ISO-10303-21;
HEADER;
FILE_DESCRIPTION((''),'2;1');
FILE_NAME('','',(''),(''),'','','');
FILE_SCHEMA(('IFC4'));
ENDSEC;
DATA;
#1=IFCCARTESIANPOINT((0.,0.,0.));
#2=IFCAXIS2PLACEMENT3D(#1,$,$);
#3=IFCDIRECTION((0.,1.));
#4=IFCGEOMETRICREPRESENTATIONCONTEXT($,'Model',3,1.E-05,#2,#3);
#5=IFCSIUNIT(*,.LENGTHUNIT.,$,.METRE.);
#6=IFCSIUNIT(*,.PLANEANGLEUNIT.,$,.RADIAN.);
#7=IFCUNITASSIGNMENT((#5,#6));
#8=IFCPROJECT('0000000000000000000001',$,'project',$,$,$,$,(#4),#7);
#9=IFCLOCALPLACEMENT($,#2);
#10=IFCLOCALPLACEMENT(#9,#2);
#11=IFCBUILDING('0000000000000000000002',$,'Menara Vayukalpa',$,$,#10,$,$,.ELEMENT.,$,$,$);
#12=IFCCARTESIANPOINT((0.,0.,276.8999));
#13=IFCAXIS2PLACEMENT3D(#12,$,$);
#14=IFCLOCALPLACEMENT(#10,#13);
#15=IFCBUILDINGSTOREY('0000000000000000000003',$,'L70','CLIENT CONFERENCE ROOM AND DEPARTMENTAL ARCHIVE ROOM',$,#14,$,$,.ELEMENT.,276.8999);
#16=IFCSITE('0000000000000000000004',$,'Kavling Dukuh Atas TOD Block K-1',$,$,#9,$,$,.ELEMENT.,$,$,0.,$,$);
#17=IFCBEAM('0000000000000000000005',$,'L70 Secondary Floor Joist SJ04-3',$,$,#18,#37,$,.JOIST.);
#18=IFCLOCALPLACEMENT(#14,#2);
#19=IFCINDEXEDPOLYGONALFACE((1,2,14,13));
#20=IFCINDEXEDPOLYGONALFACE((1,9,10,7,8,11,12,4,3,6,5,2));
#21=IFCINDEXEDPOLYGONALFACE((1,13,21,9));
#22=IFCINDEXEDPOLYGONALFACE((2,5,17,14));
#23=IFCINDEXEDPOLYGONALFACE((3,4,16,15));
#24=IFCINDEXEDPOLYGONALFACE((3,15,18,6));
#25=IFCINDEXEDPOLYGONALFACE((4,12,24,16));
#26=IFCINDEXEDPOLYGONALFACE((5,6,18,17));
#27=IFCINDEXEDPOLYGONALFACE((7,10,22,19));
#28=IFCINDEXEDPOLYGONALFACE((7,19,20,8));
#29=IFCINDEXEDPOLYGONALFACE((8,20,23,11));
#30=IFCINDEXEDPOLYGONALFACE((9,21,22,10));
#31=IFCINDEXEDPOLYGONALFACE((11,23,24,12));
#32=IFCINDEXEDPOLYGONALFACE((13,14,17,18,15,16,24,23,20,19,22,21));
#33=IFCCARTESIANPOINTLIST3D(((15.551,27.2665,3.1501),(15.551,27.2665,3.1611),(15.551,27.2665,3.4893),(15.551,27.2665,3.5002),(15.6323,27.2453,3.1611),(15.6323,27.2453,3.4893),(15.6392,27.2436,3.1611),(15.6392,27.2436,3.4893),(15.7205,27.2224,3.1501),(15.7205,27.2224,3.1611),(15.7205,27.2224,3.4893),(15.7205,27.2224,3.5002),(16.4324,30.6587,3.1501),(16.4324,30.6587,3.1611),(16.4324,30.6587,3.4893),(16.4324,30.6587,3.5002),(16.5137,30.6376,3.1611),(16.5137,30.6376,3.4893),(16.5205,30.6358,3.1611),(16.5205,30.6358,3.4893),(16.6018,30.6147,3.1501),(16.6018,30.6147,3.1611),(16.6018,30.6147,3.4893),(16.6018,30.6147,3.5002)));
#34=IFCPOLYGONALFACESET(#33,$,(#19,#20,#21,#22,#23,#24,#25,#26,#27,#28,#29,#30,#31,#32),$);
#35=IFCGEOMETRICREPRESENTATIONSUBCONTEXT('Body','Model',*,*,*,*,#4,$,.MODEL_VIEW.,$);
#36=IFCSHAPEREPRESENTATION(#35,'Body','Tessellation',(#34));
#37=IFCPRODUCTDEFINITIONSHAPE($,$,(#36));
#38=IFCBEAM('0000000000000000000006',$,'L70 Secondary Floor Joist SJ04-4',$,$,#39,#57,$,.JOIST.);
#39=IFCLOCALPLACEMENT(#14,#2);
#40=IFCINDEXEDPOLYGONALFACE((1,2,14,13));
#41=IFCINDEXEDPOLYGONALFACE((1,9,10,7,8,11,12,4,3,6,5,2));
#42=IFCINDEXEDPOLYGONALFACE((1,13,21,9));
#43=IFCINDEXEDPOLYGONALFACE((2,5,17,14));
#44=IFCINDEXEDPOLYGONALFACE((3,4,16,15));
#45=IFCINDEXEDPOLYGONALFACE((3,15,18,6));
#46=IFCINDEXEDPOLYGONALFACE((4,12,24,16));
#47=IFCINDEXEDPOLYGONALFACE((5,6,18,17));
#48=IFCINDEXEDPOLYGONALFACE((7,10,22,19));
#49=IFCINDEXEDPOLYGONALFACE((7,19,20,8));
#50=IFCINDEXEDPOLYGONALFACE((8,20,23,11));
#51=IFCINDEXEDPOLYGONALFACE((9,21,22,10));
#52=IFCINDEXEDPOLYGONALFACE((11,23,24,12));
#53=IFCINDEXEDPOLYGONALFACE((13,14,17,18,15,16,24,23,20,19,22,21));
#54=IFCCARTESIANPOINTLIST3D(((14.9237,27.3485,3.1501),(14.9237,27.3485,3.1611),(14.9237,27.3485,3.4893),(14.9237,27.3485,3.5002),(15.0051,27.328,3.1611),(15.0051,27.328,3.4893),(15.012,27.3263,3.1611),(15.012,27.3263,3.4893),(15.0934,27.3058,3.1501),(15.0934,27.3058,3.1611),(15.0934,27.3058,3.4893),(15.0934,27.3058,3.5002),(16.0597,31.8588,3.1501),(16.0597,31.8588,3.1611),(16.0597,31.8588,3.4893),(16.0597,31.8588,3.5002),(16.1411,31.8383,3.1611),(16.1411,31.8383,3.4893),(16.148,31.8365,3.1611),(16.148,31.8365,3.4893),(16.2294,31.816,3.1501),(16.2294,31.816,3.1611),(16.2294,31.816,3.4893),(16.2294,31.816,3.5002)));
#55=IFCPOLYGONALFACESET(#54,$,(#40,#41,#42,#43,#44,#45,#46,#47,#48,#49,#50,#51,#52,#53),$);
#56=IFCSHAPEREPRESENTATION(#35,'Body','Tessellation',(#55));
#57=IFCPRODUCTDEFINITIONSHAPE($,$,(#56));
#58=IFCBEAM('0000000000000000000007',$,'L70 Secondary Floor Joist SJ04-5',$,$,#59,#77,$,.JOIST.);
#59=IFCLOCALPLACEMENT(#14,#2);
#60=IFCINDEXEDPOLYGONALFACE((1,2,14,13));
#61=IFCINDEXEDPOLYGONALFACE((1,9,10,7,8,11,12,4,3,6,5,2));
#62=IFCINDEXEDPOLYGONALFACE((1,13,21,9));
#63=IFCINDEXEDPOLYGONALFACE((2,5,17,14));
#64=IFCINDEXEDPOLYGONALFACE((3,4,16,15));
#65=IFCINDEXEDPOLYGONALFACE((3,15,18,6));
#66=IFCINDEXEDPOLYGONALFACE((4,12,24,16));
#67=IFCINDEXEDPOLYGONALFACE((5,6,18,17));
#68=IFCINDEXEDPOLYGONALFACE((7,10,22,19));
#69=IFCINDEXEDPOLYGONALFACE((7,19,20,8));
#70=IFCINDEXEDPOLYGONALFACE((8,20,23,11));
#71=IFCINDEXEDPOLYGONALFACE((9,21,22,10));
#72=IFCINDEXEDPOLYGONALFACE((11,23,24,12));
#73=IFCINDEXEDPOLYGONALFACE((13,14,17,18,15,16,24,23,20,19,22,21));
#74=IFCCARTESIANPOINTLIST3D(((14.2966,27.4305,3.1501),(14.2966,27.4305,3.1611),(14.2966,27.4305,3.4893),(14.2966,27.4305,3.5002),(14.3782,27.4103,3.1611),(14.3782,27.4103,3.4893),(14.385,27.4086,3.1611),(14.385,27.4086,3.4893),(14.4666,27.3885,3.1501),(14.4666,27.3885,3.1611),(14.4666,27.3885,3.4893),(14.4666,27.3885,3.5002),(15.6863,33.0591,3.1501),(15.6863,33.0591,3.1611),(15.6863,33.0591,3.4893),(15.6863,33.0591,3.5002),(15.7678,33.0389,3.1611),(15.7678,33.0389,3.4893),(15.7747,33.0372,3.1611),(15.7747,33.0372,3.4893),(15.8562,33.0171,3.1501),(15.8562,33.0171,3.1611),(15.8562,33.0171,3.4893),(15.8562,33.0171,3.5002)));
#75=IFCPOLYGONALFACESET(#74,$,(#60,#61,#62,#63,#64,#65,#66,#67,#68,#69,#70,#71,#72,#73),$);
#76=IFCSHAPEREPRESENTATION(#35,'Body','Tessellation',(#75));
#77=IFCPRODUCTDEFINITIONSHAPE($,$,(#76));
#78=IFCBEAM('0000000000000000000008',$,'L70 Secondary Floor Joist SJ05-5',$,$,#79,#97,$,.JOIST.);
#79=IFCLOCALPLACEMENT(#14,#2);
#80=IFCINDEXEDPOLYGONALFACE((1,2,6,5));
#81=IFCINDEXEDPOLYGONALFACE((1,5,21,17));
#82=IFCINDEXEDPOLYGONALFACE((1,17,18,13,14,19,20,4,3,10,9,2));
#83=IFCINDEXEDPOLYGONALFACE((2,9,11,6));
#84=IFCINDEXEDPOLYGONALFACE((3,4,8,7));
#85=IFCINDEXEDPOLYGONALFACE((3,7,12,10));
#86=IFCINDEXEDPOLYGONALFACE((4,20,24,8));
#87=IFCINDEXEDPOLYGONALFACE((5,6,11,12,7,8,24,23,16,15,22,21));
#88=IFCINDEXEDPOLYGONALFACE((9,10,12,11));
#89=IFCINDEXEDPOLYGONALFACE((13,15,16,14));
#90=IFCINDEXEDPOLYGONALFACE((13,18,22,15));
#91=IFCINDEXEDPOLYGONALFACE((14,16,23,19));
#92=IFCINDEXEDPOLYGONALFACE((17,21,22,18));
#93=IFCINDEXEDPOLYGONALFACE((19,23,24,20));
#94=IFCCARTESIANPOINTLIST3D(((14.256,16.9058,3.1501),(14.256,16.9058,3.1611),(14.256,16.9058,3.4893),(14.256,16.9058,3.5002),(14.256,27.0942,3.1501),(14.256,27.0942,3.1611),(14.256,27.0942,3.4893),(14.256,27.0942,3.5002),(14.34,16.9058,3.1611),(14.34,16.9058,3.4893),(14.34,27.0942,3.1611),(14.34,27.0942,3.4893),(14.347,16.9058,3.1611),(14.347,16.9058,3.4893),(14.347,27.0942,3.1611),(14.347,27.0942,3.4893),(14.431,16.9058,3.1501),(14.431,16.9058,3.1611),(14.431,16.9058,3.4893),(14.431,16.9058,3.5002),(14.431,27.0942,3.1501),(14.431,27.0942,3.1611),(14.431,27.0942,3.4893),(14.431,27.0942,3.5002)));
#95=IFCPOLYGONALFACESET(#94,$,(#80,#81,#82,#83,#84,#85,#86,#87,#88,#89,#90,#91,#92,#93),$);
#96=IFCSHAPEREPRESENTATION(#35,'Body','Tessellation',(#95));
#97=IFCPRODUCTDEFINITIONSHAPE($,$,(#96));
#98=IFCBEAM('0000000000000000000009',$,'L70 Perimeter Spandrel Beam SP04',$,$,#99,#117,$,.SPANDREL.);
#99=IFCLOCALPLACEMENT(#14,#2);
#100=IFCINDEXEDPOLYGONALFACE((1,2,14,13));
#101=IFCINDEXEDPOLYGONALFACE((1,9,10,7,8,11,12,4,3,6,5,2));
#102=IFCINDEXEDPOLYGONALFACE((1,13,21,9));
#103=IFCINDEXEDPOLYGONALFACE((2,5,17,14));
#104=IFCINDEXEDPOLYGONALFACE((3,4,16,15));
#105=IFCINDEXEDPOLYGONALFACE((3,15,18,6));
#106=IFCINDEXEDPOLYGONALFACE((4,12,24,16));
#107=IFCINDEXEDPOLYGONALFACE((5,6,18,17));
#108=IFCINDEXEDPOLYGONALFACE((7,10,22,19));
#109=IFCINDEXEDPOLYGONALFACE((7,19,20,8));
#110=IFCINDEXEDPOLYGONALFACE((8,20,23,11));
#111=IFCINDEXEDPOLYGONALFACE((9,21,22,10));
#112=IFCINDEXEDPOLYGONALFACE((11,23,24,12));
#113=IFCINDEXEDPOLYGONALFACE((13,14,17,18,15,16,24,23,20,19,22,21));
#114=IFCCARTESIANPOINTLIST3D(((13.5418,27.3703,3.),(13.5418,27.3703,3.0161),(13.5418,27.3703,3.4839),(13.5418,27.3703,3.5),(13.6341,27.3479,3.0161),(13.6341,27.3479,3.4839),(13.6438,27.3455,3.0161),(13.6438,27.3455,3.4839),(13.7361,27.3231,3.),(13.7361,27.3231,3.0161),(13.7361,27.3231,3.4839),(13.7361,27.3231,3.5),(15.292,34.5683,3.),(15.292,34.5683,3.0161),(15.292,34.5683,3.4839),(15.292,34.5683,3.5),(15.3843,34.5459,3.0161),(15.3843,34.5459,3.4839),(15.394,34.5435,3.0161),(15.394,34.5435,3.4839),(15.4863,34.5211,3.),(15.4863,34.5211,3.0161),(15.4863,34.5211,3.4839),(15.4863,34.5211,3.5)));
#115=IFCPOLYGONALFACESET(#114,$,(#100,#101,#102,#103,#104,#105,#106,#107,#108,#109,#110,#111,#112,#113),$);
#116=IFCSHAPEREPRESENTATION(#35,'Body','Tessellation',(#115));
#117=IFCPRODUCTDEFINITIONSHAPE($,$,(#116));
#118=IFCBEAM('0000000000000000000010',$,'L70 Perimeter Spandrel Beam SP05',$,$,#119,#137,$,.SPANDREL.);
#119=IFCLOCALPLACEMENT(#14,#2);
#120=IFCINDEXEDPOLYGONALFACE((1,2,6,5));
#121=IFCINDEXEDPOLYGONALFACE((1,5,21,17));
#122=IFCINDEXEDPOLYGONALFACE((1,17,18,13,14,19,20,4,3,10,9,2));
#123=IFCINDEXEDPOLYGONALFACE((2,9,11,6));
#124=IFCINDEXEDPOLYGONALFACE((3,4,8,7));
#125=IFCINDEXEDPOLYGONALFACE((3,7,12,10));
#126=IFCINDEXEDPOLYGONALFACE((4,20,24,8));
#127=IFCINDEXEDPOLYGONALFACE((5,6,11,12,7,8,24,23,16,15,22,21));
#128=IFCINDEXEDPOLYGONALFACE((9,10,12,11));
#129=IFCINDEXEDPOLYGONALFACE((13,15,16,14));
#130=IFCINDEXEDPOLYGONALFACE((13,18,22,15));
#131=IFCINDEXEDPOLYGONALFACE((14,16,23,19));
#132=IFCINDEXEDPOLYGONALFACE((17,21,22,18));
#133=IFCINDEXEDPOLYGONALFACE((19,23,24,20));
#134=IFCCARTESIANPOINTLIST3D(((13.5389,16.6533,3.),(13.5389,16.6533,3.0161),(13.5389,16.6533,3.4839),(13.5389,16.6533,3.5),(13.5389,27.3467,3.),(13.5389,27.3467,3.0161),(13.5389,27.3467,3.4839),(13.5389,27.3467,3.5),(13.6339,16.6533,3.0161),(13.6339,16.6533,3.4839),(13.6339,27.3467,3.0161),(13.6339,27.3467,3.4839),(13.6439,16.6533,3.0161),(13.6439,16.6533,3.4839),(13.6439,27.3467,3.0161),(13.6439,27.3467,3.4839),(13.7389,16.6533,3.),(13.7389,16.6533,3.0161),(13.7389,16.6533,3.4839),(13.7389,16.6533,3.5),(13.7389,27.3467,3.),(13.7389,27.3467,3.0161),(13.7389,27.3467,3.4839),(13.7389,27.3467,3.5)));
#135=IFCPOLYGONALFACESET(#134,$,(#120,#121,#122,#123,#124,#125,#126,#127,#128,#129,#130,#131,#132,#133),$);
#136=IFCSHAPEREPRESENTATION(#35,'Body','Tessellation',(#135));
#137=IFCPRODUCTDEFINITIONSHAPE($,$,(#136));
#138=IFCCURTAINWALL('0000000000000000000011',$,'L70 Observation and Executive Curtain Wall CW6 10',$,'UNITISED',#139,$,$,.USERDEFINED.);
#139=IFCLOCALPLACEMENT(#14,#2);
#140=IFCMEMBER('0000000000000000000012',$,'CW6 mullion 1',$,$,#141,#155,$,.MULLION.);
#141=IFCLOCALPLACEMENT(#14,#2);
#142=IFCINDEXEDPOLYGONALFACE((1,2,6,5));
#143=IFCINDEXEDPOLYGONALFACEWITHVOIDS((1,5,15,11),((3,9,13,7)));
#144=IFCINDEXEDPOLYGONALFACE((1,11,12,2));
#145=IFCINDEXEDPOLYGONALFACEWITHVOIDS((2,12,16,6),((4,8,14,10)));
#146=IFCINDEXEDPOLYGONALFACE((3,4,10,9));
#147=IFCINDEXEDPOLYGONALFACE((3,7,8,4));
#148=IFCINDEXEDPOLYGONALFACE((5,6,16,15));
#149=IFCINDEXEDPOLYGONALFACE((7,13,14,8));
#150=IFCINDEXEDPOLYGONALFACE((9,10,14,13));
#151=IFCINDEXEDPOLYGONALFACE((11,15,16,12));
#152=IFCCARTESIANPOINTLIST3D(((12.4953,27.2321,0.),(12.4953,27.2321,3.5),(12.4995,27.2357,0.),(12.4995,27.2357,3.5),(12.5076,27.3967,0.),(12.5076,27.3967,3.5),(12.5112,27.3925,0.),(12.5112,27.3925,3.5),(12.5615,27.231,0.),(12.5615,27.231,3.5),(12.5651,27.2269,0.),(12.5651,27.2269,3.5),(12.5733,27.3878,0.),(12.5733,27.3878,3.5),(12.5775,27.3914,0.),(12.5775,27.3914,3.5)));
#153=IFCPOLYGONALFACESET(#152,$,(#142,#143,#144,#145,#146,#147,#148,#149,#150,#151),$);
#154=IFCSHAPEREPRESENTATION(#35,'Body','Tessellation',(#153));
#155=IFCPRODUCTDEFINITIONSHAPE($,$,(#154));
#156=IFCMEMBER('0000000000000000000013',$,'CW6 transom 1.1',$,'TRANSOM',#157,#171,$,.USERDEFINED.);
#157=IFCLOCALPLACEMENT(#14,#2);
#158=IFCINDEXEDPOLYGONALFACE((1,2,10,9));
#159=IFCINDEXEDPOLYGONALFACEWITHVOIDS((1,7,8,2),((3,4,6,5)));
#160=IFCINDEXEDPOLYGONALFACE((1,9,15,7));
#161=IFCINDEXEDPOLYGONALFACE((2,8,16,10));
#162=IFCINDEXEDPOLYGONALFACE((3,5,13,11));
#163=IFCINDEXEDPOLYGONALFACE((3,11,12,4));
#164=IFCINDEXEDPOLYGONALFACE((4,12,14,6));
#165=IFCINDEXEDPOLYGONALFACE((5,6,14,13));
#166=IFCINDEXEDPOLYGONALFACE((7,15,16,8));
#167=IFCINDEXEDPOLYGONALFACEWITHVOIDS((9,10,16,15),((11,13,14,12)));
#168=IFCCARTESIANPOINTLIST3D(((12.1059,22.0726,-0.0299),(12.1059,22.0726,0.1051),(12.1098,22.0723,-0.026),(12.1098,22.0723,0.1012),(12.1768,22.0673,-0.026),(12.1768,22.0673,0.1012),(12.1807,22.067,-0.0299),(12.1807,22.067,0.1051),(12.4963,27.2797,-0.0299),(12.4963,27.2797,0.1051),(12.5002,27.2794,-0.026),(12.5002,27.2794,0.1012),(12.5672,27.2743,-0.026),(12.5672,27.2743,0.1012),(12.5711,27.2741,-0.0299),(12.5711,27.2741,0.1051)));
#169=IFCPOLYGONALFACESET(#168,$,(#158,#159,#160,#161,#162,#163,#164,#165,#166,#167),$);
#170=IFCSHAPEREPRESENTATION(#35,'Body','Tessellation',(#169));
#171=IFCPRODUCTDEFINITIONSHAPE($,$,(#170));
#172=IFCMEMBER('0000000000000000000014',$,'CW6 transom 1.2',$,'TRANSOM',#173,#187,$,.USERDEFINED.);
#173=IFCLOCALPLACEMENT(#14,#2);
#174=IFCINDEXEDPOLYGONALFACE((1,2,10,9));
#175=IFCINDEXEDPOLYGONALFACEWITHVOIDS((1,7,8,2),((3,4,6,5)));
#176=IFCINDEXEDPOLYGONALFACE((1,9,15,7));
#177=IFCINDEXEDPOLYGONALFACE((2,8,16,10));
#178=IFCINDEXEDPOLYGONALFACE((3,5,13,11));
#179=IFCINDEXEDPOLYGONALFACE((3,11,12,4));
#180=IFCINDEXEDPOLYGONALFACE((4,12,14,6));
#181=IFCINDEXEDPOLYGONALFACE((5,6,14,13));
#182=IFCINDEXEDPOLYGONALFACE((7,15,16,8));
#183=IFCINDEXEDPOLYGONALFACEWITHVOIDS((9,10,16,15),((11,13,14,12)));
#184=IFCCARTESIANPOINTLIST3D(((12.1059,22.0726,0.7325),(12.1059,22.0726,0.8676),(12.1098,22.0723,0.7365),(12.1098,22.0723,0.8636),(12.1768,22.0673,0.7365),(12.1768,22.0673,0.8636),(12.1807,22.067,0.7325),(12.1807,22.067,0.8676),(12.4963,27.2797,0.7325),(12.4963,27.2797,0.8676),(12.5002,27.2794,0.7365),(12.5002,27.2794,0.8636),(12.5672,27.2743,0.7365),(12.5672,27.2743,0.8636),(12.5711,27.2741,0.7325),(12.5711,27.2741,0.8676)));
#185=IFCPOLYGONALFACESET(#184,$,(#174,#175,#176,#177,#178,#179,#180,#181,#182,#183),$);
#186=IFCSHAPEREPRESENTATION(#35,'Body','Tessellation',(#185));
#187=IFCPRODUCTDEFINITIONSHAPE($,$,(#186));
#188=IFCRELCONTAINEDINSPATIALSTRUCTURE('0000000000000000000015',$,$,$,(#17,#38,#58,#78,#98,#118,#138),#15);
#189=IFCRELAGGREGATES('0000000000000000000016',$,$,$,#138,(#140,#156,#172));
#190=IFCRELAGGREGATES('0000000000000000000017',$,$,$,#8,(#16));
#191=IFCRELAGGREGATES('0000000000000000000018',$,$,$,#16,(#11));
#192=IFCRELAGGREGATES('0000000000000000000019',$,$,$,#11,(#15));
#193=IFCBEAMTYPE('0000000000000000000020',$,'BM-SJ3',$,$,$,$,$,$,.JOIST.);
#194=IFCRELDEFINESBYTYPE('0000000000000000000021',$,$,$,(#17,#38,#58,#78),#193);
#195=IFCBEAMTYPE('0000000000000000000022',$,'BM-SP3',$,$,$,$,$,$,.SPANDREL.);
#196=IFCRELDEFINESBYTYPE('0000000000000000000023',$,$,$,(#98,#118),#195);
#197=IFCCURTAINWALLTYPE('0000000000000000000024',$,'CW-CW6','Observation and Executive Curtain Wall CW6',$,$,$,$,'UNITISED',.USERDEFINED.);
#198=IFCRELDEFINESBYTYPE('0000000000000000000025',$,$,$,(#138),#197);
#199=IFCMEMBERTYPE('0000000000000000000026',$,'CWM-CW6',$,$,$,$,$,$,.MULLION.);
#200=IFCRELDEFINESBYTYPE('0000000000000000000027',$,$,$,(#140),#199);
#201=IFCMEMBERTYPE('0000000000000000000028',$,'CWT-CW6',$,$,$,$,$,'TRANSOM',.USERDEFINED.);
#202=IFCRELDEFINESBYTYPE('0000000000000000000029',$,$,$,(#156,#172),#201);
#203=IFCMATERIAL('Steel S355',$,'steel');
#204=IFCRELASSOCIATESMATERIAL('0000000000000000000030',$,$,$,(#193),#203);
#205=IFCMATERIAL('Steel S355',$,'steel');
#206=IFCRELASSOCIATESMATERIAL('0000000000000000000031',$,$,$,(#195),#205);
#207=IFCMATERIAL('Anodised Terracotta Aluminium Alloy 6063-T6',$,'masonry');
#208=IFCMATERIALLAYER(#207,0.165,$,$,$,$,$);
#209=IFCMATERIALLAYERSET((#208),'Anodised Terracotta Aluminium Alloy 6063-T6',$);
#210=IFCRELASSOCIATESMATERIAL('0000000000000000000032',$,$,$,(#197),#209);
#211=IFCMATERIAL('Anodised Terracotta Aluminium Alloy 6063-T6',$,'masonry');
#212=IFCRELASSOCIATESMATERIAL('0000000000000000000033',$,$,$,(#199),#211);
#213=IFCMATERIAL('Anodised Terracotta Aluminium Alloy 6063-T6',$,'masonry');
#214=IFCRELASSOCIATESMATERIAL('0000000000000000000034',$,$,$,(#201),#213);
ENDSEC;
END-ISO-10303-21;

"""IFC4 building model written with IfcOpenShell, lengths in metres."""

from ifc_helpers import new_model, si_unit, direction, frame, origin, origin_2d, place, context, subcontext, project, spatial, hollow_rectangle, i_section, extrude, material, layer, layer_set, material_profile, profile_set, type_object, element, aggregate, save


model = new_model("IFC4")

# Units and contexts
model_context = context("Model", 3, precision=1e-05, world=origin(), true_north=direction((0.0, 1.0)))
body_context = subcontext(model_context, "Body", "Model", "MODEL_VIEW")
ifc_project = project(units=[si_unit("LENGTHUNIT", "METRE"), si_unit("PLANEANGLEUNIT", "RADIAN")], contexts=[model_context])

# Site, building, storey
site_placement = place(None, origin())
site = spatial("IfcSite", under=ifc_project, at=site_placement, Name="Kavling Dukuh Atas TOD Block K-1", CompositionType="ELEMENT", RefElevation=0.0)
building_placement = place(site_placement, origin())
building = spatial("IfcBuilding", under=site, at=building_placement, Name="Menara Vayukalpa", CompositionType="ELEMENT")
storey_placement = place(building_placement, frame((0.0, 0.0, 276.8999)))
storey = spatial("IfcBuildingStorey", under=building, at=storey_placement, Name="L70", Description="CLIENT CONFERENCE ROOM AND DEPARTMENTAL ARCHIVE ROOM", CompositionType="ELEMENT", Elevation=276.8999)

# Beams
ifc_material_1 = material(Name="Steel S355", Category="steel")
ifc_material_profile_1 = material_profile(ifc_material_1, i_section(OverallWidth=0.175, OverallDepth=0.3501, WebThickness=0.0071, FlangeThickness=0.011, at=origin_2d()), Name="WF 350x175x7x11")
ifc_profile_set_1 = profile_set([ifc_material_profile_1], Name="Steel S355")
beam_type_1 = type_object("IfcBeamType", Name="BM-SJ3", PredefinedType="JOIST", material=ifc_profile_set_1)
beam_1_placement = place(storey_placement, frame((16.5171, 30.6367, 3.3252), z_axis=(-0.251458, -0.967868, 0.0), x_axis=(0.967868, -0.251458, 0.0)))
element("IfcBeam", 1, at=beam_1_placement, inside=storey, type_object=beam_type_1, Name="L70 Secondary Floor Joist SJ04-3", PredefinedType="JOIST", context=body_context, shape_type="SweptSolid", body=[
    extrude(i_section(OverallWidth=0.175, OverallDepth=0.3501, WebThickness=0.0071, FlangeThickness=0.011, at=origin_2d()), origin(), (0.0, 0.0, 1.0), 3.5049),
])
beam_2_placement = place(storey_placement, frame((16.1445, 31.8374, 3.3252), z_axis=(-0.24424, -0.969715, 0.0), x_axis=(0.969715, -0.24424, 0.0)))
element("IfcBeam", 2, at=beam_2_placement, inside=storey, type_object=beam_type_1, Name="L70 Secondary Floor Joist SJ04-4", PredefinedType="JOIST", context=body_context, shape_type="SweptSolid", body=[
    extrude(i_section(OverallWidth=0.175, OverallDepth=0.3501, WebThickness=0.0071, FlangeThickness=0.011, at=origin_2d()), origin(), (0.0, 0.0, 1.0), 4.6511),
])
beam_3_placement = place(storey_placement, frame((15.7712, 33.0381, 3.3252), z_axis=(-0.239691, -0.970849, 0.0), x_axis=(0.970849, -0.239691, 0.0)))
element("IfcBeam", 3, at=beam_3_placement, inside=storey, type_object=beam_type_1, Name="L70 Secondary Floor Joist SJ04-5", PredefinedType="JOIST", context=body_context, shape_type="SweptSolid", body=[
    extrude(i_section(OverallWidth=0.175, OverallDepth=0.3501, WebThickness=0.0071, FlangeThickness=0.011, at=origin_2d()), origin(), (0.0, 0.0, 1.0), 5.7976),
])
beam_4_placement = place(storey_placement, frame((14.3435, 27.0942, 3.3252), z_axis=(0.0, -1.0, 0.0), x_axis=(1.0, 0.0, 0.0)))
element("IfcBeam", 4, at=beam_4_placement, inside=storey, type_object=beam_type_1, Name="L70 Secondary Floor Joist SJ05-5", PredefinedType="JOIST", context=body_context, shape_type="SweptSolid", body=[
    extrude(i_section(OverallWidth=0.175, OverallDepth=0.3501, WebThickness=0.0071, FlangeThickness=0.011, at=origin_2d()), origin(), (0.0, 0.0, 1.0), 10.1885),
])
ifc_material_2 = material(Name="Steel S355", Category="steel")
ifc_material_profile_2 = material_profile(ifc_material_2, i_section(OverallWidth=0.2, OverallDepth=0.5, WebThickness=0.01, FlangeThickness=0.0161, at=origin_2d()), Name="WF 500x200x10x16")
ifc_profile_set_2 = profile_set([ifc_material_profile_2], Name="Steel S355")
beam_type_2 = type_object("IfcBeamType", Name="BM-SP3", PredefinedType="SPANDREL", material=ifc_profile_set_2)
beam_5_placement = place(storey_placement, frame((15.3892, 34.5447, 3.25), z_axis=(-0.236273, -0.971687, 0.0), x_axis=(0.971687, -0.236273, 0.0)))
element("IfcBeam", 5, at=beam_5_placement, inside=storey, type_object=beam_type_2, Name="L70 Perimeter Spandrel Beam SP04", PredefinedType="SPANDREL", context=body_context, shape_type="SweptSolid", body=[
    extrude(i_section(OverallWidth=0.2, OverallDepth=0.5, WebThickness=0.01, FlangeThickness=0.0161, at=origin_2d()), origin(), (0.0, 0.0, 1.0), 7.4077),
])
beam_6_placement = place(storey_placement, frame((13.6389, 27.3467, 3.25), z_axis=(0.0, -1.0, 0.0), x_axis=(1.0, 0.0, 0.0)))
element("IfcBeam", 6, at=beam_6_placement, inside=storey, type_object=beam_type_2, Name="L70 Perimeter Spandrel Beam SP05", PredefinedType="SPANDREL", context=body_context, shape_type="SweptSolid", body=[
    extrude(i_section(OverallWidth=0.2, OverallDepth=0.5, WebThickness=0.01, FlangeThickness=0.0161, at=origin_2d()), origin(), (0.0, 0.0, 1.0), 10.6934),
])

# Curtain wall, members
ifc_material_3 = material(Name="Anodised Terracotta Aluminium Alloy 6063-T6", Category="masonry")
ifc_layer_1 = layer(ifc_material_3, 0.165)
ifc_layer_set_1 = layer_set([ifc_layer_1], Name="Anodised Terracotta Aluminium Alloy 6063-T6")
curtain_wall_type = type_object("IfcCurtainWallType", Name="CW-CW6", Description="Observation and Executive Curtain Wall CW6", ElementType="UNITISED", PredefinedType="USERDEFINED", material=ifc_layer_set_1)
curtain_wall_placement = place(storey_placement, origin())
curtain_wall = element("IfcCurtainWall", 7, at=curtain_wall_placement, inside=storey, type_object=curtain_wall_type, Name="L70 Observation and Executive Curtain Wall CW6 10", ObjectType="UNITISED", PredefinedType="USERDEFINED")
ifc_material_4 = material(Name="Anodised Terracotta Aluminium Alloy 6063-T6", Category="masonry")
ifc_material_profile_3 = material_profile(ifc_material_4, hollow_rectangle(XDim=0.0701, YDim=0.165, WallThickness=0.0039, at=origin_2d()), Name="ALU 70x165x4")
ifc_profile_set_3 = profile_set([ifc_material_profile_3], Name="Anodised Terracotta Aluminium Alloy 6063-T6")
member_type_1 = type_object("IfcMemberType", Name="CWM-CW6", PredefinedType="MULLION", material=ifc_profile_set_3)
member_1_placement = place(storey_placement, frame((12.5364, 27.3118, 0.0), z_axis=(0.0, 0.0, 1.0), x_axis=(0.997199, -0.074789, 0.0)))
member_1 = element("IfcMember", 8, at=member_1_placement, type_object=member_type_1, Name="CW6 mullion 1", PredefinedType="MULLION", context=body_context, shape_type="SweptSolid", body=[
    extrude(hollow_rectangle(XDim=0.0701, YDim=0.165, WallThickness=0.0039, at=origin_2d()), origin(), (0.0, 0.0, 1.0), 3.5),
])
ifc_material_5 = material(Name="Anodised Terracotta Aluminium Alloy 6063-T6", Category="masonry")
ifc_material_profile_4 = material_profile(ifc_material_5, hollow_rectangle(XDim=0.075, YDim=0.135, WallThickness=0.0039, at=origin_2d()), Name="ALU 75x135x4")
ifc_profile_set_4 = profile_set([ifc_material_profile_4], Name="Anodised Terracotta Aluminium Alloy 6063-T6")
member_type_2 = type_object("IfcMemberType", Name="CWT-CW6", ElementType="TRANSOM", PredefinedType="USERDEFINED", material=ifc_profile_set_4)
member_2_placement = place(storey_placement, frame((12.5337, 27.2769, 0.0376), z_axis=(-0.074762, -0.997201, 0.0), x_axis=(0.997201, -0.074762, 0.0)))
member_2 = element("IfcMember", 9, at=member_2_placement, type_object=member_type_2, Name="CW6 transom 1.1", ObjectType="TRANSOM", PredefinedType="USERDEFINED", context=body_context, shape_type="SweptSolid", body=[
    extrude(hollow_rectangle(XDim=0.075, YDim=0.135, WallThickness=0.0039, at=origin_2d()), origin(), (0.0, 0.0, 1.0), 5.2217),
])
member_3_placement = place(storey_placement, frame((12.5337, 27.2769, 0.8), z_axis=(-0.074762, -0.997201, 0.0), x_axis=(0.997201, -0.074762, 0.0)))
member_3 = element("IfcMember", 10, at=member_3_placement, type_object=member_type_2, Name="CW6 transom 1.2", ObjectType="TRANSOM", PredefinedType="USERDEFINED", context=body_context, shape_type="SweptSolid", body=[
    extrude(hollow_rectangle(XDim=0.075, YDim=0.135, WallThickness=0.0039, at=origin_2d()), origin(), (0.0, 0.0, 1.0), 5.2217),
])
aggregate(curtain_wall, [member_1, member_2, member_3])

save(model, "model.ifc")
